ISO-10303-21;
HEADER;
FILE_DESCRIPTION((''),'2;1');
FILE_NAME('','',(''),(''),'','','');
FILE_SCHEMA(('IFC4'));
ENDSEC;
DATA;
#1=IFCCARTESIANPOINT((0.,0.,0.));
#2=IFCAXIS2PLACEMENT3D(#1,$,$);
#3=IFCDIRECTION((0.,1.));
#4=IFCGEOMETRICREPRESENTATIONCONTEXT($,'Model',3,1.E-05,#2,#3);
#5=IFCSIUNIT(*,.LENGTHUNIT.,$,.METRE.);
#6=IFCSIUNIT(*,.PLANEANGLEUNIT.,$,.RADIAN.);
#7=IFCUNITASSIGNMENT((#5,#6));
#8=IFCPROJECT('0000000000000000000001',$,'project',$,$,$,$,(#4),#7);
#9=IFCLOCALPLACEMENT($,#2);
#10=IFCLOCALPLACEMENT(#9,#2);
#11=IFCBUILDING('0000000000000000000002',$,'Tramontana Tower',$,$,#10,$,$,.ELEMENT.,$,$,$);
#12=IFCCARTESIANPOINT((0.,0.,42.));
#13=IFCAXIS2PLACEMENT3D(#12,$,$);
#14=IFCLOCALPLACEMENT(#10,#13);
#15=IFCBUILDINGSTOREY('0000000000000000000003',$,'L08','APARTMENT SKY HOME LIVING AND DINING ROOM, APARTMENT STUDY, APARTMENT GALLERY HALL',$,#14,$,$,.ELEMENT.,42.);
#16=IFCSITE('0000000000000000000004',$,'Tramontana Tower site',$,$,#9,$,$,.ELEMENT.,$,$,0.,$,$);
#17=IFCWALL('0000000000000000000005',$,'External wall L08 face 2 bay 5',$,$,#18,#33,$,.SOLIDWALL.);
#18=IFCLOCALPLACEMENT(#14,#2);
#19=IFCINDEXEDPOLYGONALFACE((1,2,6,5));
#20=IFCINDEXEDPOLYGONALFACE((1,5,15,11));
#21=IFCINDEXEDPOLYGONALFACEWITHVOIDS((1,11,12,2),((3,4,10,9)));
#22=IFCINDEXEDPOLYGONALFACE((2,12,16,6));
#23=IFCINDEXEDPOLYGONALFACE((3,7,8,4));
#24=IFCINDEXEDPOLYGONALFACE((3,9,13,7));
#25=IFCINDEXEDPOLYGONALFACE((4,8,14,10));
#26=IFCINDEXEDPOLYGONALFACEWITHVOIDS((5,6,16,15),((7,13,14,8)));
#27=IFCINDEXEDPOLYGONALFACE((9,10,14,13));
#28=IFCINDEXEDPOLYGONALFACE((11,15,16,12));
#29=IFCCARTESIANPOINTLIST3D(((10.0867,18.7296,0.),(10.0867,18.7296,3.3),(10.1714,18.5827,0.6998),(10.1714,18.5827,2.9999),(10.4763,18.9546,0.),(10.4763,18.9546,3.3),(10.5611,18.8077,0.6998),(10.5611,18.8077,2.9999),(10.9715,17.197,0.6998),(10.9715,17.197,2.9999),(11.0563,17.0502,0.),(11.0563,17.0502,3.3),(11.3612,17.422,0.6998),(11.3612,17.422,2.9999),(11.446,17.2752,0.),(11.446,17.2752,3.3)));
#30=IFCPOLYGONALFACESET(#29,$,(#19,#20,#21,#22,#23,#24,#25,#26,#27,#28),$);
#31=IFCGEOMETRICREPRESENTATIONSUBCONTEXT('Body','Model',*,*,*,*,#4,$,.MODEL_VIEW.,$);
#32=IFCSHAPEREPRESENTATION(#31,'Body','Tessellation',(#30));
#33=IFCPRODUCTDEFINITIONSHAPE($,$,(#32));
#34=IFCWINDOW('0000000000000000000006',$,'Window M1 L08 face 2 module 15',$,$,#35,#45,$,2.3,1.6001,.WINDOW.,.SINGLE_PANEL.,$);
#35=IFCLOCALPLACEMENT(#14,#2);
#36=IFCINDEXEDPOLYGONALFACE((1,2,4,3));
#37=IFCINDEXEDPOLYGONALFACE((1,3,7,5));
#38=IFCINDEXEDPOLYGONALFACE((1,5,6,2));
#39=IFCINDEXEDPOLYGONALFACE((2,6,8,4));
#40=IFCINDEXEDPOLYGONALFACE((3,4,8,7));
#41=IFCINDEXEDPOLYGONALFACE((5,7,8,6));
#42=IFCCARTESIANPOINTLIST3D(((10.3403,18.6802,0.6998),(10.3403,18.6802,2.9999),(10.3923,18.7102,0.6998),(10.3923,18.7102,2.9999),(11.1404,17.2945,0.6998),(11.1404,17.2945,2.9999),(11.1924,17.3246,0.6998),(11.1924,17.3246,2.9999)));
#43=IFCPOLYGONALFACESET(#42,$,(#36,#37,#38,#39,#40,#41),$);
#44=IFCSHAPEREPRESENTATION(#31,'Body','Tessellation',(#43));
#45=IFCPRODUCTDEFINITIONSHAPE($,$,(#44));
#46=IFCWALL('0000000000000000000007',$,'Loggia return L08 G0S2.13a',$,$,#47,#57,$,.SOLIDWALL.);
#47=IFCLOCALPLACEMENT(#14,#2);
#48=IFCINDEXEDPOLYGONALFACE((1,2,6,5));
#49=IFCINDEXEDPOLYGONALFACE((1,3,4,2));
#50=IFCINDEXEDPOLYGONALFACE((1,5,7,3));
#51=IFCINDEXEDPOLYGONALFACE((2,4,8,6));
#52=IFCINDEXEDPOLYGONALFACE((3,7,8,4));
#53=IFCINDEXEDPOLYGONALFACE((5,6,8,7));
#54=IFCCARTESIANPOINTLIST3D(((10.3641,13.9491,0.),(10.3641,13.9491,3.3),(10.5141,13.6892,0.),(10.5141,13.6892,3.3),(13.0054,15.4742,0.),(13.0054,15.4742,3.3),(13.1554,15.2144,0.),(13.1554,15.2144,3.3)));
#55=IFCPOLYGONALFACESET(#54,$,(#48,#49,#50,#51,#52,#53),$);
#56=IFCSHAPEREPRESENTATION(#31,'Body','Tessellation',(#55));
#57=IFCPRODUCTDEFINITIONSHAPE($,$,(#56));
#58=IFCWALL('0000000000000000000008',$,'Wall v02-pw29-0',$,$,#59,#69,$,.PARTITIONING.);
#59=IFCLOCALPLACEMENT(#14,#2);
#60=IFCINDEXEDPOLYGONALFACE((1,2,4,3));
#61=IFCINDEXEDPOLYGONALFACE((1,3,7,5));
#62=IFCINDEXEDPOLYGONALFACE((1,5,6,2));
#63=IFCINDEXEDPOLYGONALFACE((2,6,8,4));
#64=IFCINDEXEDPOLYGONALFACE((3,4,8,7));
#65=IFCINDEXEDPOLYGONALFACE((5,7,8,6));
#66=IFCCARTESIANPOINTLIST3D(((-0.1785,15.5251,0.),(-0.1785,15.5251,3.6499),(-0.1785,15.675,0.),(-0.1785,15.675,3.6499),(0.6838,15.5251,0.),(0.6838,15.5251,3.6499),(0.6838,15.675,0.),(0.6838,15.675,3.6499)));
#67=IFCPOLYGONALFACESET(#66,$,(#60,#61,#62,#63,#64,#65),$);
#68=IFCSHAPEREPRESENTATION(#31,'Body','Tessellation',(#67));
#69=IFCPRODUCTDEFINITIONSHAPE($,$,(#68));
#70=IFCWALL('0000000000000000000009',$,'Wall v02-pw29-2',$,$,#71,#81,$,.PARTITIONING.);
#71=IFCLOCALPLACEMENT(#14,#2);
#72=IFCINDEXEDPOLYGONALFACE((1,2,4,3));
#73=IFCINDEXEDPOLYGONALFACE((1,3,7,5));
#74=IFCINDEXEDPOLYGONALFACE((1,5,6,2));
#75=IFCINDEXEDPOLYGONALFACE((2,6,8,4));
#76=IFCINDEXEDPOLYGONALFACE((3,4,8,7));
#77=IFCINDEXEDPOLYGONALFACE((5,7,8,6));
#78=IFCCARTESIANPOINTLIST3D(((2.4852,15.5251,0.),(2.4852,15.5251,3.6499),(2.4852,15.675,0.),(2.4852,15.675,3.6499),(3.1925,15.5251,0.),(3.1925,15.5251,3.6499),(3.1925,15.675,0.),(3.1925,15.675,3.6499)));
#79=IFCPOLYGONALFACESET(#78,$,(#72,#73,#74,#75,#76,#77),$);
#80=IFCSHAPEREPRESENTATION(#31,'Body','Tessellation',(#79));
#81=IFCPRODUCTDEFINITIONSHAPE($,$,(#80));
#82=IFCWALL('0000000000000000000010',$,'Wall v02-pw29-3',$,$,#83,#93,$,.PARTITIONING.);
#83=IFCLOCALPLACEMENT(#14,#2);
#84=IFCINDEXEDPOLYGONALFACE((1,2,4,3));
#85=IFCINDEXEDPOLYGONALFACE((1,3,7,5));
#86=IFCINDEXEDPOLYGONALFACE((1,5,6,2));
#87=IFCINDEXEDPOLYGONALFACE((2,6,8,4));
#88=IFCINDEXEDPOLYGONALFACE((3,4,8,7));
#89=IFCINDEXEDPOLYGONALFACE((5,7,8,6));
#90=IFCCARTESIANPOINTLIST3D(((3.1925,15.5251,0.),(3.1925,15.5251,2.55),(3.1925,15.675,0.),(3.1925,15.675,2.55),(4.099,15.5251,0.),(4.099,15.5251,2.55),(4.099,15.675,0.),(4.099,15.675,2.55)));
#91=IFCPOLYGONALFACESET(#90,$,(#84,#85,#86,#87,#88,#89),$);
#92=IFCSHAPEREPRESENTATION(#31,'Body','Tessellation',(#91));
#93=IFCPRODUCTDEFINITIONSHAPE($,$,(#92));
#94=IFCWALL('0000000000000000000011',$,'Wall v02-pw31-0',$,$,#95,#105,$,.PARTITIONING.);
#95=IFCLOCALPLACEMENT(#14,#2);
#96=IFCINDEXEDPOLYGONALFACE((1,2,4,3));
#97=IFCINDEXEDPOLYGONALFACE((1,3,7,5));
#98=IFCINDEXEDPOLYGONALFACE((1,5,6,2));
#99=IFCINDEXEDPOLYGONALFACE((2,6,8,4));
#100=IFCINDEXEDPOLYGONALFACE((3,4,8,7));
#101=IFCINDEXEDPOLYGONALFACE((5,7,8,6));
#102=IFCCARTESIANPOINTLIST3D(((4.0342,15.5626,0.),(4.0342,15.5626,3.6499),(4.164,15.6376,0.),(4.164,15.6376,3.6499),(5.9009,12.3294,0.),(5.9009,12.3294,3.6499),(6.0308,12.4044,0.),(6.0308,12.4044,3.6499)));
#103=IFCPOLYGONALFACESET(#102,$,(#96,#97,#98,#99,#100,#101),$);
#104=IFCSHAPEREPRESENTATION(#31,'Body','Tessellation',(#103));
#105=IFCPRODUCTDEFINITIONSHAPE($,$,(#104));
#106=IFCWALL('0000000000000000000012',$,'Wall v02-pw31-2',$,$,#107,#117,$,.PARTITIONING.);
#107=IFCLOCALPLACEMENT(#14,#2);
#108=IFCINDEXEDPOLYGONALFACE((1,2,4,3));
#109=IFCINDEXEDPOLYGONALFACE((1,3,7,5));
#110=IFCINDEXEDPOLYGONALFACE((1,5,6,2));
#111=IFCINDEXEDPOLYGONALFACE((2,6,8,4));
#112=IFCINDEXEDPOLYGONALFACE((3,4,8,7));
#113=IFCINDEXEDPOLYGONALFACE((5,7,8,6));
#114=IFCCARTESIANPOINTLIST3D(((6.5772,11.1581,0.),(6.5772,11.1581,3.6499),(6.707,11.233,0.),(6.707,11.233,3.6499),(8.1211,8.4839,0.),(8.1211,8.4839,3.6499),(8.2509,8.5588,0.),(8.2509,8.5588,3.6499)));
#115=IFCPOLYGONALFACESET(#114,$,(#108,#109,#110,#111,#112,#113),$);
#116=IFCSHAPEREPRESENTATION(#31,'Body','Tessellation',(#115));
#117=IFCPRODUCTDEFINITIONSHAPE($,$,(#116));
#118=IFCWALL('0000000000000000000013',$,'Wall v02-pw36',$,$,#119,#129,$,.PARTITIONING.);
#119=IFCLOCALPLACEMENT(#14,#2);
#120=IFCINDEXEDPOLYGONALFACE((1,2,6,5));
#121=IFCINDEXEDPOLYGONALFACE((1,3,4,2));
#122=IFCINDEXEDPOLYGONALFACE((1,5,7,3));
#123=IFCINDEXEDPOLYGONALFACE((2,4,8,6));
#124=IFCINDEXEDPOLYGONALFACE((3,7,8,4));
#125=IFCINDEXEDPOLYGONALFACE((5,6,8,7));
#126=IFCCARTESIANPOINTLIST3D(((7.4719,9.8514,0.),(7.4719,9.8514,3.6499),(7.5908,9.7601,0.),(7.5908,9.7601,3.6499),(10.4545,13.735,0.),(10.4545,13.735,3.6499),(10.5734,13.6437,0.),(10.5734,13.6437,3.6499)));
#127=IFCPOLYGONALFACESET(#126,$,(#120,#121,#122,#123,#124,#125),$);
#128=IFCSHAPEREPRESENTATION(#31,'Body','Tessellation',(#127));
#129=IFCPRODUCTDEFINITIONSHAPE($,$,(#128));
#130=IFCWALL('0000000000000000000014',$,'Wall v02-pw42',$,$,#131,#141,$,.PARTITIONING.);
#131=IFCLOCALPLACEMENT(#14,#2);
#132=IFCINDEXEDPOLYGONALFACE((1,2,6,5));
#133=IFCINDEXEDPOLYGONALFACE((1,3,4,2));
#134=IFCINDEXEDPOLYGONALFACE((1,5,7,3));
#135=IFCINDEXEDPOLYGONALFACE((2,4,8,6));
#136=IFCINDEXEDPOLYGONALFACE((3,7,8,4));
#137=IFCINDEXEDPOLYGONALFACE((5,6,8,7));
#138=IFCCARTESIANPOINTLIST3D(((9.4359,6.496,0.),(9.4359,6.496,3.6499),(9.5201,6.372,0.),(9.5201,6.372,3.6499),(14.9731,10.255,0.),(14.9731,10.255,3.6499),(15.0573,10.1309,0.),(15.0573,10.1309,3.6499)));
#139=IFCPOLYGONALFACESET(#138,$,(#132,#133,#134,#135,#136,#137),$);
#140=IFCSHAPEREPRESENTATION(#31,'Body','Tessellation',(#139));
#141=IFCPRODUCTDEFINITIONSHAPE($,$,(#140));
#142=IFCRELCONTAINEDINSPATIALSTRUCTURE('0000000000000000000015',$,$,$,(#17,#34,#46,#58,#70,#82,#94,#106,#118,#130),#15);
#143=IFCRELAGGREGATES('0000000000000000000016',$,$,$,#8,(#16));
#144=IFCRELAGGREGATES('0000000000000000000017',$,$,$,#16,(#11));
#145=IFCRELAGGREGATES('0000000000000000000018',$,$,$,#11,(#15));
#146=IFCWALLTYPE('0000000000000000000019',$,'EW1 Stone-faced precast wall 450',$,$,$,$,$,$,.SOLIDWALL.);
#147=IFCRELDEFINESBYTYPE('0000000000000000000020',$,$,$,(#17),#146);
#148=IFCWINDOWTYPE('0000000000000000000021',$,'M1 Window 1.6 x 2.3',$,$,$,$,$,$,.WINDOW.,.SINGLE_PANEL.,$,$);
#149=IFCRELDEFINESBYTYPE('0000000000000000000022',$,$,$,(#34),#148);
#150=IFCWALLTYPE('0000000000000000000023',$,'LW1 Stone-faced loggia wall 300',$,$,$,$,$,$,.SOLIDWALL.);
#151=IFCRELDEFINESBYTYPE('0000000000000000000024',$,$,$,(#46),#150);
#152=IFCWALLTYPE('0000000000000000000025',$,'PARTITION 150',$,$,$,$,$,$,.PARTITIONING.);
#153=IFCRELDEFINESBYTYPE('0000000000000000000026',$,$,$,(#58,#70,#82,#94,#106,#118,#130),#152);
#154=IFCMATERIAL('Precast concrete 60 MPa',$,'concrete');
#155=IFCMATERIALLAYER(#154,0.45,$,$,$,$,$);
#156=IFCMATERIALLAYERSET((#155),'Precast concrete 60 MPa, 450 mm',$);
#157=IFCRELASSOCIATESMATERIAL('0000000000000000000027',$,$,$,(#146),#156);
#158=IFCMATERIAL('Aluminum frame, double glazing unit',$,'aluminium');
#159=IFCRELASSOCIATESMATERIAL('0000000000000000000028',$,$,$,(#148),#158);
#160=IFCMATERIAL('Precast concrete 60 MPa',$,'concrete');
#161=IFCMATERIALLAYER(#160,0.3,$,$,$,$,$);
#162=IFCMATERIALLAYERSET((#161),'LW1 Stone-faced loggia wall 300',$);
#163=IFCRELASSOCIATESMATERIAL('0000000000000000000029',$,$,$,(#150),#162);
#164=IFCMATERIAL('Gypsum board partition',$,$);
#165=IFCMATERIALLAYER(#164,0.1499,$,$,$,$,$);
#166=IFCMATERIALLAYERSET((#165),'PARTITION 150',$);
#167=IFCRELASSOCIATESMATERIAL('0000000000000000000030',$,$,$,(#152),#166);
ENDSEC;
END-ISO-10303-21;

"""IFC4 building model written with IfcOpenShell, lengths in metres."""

from ifc_helpers import new_model, si_unit, direction, frame, frame_2d, origin, place, context, subcontext, project, spatial, rectangle, extrude, material, layer, layer_set, type_object, element, fill, save


model = new_model("IFC4")

# Units and contexts
model_context = context("Model", 3, precision=1e-05, world=origin(), true_north=direction((0.0, 1.0)))
body_context = subcontext(model_context, "Body", "Model", "MODEL_VIEW")
ifc_project = project(units=[si_unit("LENGTHUNIT", "METRE"), si_unit("PLANEANGLEUNIT", "RADIAN")], contexts=[model_context])

# Site, building, storey
site_placement = place(None, origin())
site = spatial("IfcSite", under=ifc_project, at=site_placement, Name="Tramontana Tower site", CompositionType="ELEMENT", RefElevation=0.0)
building_placement = place(site_placement, origin())
building = spatial("IfcBuilding", under=site, at=building_placement, Name="Tramontana Tower", CompositionType="ELEMENT")
storey_placement = place(building_placement, frame((0.0, 0.0, 42.0)))
storey = spatial("IfcBuildingStorey", under=building, at=storey_placement, Name="L08", Description="APARTMENT SKY HOME LIVING AND DINING ROOM, APARTMENT STUDY, APARTMENT GALLERY HALL", CompositionType="ELEMENT", Elevation=42.0)

# Wall, opening, window
ifc_material_1 = material(Name="Precast concrete 60 MPa", Category="concrete")
ifc_layer_1 = layer(ifc_material_1, 0.45)
ifc_layer_set_1 = layer_set([ifc_layer_1], Name="Precast concrete 60 MPa, 450 mm")
wall_type_1 = type_object("IfcWallType", Name="EW1 Stone-faced precast wall 450", PredefinedType="SOLIDWALL", material=ifc_layer_set_1)
ifc_material_2 = material(Name="Aluminum frame, double glazing unit", Category="aluminium")
window_type = type_object("IfcWindowType", Name="M1 Window 1.6 x 2.3", PartitioningType="SINGLE_PANEL", PredefinedType="WINDOW", material=ifc_material_2)
wall_1_placement = place(storey_placement, frame((11.2512, 17.1626, 0.0), z_axis=(0.0, 0.0, 1.0), x_axis=(-0.500038, 0.866003, 0.0)))
wall_1 = element("IfcWall", 1, at=wall_1_placement, inside=storey, type_object=wall_type_1, Name="External wall L08 face 2 bay 5", PredefinedType="SOLIDWALL", context=body_context, shape_type="SweptSolid", body=[
    extrude(rectangle(XDim=1.9392, YDim=0.45, at=frame_2d((0.9697, 0.0))), origin(), (0.0, 0.0, 1.0), 3.3),
])
opening_1_placement = place(wall_1_placement, frame((0.1697, 0.0, 0.7)))
opening_1 = element("IfcOpeningElement", 2, at=opening_1_placement, cuts=wall_1, PredefinedType="OPENING", context=body_context, shape_type="SweptSolid", body=[
    extrude(rectangle(XDim=1.6001, YDim=2.3, at=frame_2d((0.8, 1.1499))), frame((0.0, 0.2349, 0.0), z_axis=(0.0, -1.0, 0.0), x_axis=(1.0, 0.0, 0.0)), (0.0, 0.0, 1.0), 0.47),
])
window_1_placement = place(opening_1_placement, origin())
window_1 = element("IfcWindow", 3, at=window_1_placement, inside=storey, type_object=window_type, Name="Window M1 L08 face 2 module 15", OverallHeight=2.3, OverallWidth=1.6001, PartitioningType="SINGLE_PANEL", PredefinedType="WINDOW", context=body_context, shape_type="SweptSolid", body=[
    extrude(rectangle(XDim=1.6001, YDim=2.3, at=frame_2d((0.8, 1.1499))), frame((0.0, 0.03, 0.0), z_axis=(0.0, -1.0, 0.0), x_axis=(1.0, 0.0, 0.0)), (0.0, 0.0, 1.0), 0.0601),
])
fill(opening_1, window_1)

# Shared definitions
ifc_material_3 = material(Name="Precast concrete 60 MPa", Category="concrete")
ifc_layer_2 = layer(ifc_material_3, 0.3)
ifc_layer_set_2 = layer_set([ifc_layer_2], Name="LW1 Stone-faced loggia wall 300")
wall_type_2 = type_object("IfcWallType", Name="LW1 Stone-faced loggia wall 300", PredefinedType="SOLIDWALL", material=ifc_layer_set_2)

# Walls
wall_2_placement = place(storey_placement, frame((13.0803, 15.3442, 0.0), z_axis=(0.0, 0.0, 1.0), x_axis=(-0.866003, -0.500039, 0.0)))
element("IfcWall", 4, at=wall_2_placement, inside=storey, type_object=wall_type_2, Name="Loggia return L08 G0S2.13a", PredefinedType="SOLIDWALL", context=body_context, shape_type="SweptSolid", body=[
    extrude(rectangle(XDim=3.05, YDim=0.3, at=frame_2d((1.5249, 0.0))), origin(), (0.0, 0.0, 1.0), 3.3),
])
ifc_material_4 = material(Name="Gypsum board partition")
ifc_layer_3 = layer(ifc_material_4, 0.1499)
ifc_layer_set_3 = layer_set([ifc_layer_3], Name="PARTITION 150")
wall_type_3 = type_object("IfcWallType", Name="PARTITION 150", PredefinedType="PARTITIONING", material=ifc_layer_set_3)
wall_3_placement = place(storey_placement, frame((-0.1785, 15.6001, 0.0), z_axis=(0.0, 0.0, 1.0), x_axis=(1.0, 0.0, 0.0)))
element("IfcWall", 5, at=wall_3_placement, inside=storey, type_object=wall_type_3, Name="Wall v02-pw29-0", PredefinedType="PARTITIONING", context=body_context, shape_type="SweptSolid", body=[
    extrude(rectangle(XDim=0.8623, YDim=0.1499, at=frame_2d((0.4312, 0.0))), origin(), (0.0, 0.0, 1.0), 3.6499),
])

# Walls
wall_4_placement = place(storey_placement, frame((2.4854, 15.6001, 0.0), z_axis=(0.0, 0.0, 1.0), x_axis=(1.0, 0.0, 0.0)))
element("IfcWall", 6, at=wall_4_placement, inside=storey, type_object=wall_type_3, Name="Wall v02-pw29-2", PredefinedType="PARTITIONING", context=body_context, shape_type="SweptSolid", body=[
    extrude(rectangle(XDim=0.7073, YDim=0.1499, at=frame_2d((0.3535, 0.0))), origin(), (0.0, 0.0, 1.0), 3.6499),
])
wall_5_placement = place(storey_placement, frame((3.1926, 15.6001, 0.0), z_axis=(0.0, 0.0, 1.0), x_axis=(1.0, 0.0, 0.0)))
element("IfcWall", 7, at=wall_5_placement, inside=storey, type_object=wall_type_3, Name="Wall v02-pw29-3", PredefinedType="PARTITIONING", context=body_context, shape_type="SweptSolid", body=[
    extrude(rectangle(XDim=0.9065, YDim=0.1499, at=frame_2d((0.4531, 0.0))), origin(), (0.0, 0.0, 1.0), 2.55),
])
wall_6_placement = place(storey_placement, frame((4.0991, 15.6001, 0.0), z_axis=(0.0, 0.0, 1.0), x_axis=(0.500007, -0.866021, 0.0)))
element("IfcWall", 8, at=wall_6_placement, inside=storey, type_object=wall_type_3, Name="Wall v02-pw31-0", PredefinedType="PARTITIONING", context=body_context, shape_type="SweptSolid", body=[
    extrude(rectangle(XDim=3.7334, YDim=0.1499, at=frame_2d((1.8667, 0.0))), origin(), (0.0, 0.0, 1.0), 3.6499),
])

# Walls
wall_7_placement = place(storey_placement, frame((6.6421, 11.1956, 0.0), z_axis=(0.0, 0.0, 1.0), x_axis=(0.499983, -0.866035, 0.0)))
element("IfcWall", 9, at=wall_7_placement, inside=storey, type_object=wall_type_3, Name="Wall v02-pw31-2", PredefinedType="PARTITIONING", context=body_context, shape_type="SweptSolid", body=[
    extrude(rectangle(XDim=3.0879, YDim=0.1499, at=frame_2d((1.5439, 0.0))), origin(), (0.0, 0.0, 1.0), 3.6499),
])
wall_8_placement = place(storey_placement, frame((10.5139, 13.6892, 0.0), z_axis=(0.0, 0.0, 1.0), x_axis=(-0.609111, -0.793085, 0.0)))
element("IfcWall", 10, at=wall_8_placement, inside=storey, type_object=wall_type_3, Name="Wall v02-pw36", PredefinedType="PARTITIONING", context=body_context, shape_type="SweptSolid", body=[
    extrude(rectangle(XDim=4.8967, YDim=0.1499, at=frame_2d((2.4482, 0.0))), origin(), (0.0, 0.0, 1.0), 3.6499),
])
wall_9_placement = place(storey_placement, frame((15.0151, 10.1929, 0.0), z_axis=(0.0, 0.0, 1.0), x_axis=(-0.827369, -0.561659, 0.0)))
element("IfcWall", 11, at=wall_9_placement, inside=storey, type_object=wall_type_3, Name="Wall v02-pw42", PredefinedType="PARTITIONING", context=body_context, shape_type="SweptSolid", body=[
    extrude(rectangle(XDim=6.6926, YDim=0.1499, at=frame_2d((3.3462, 0.0))), origin(), (0.0, 0.0, 1.0), 3.6499),
])

save(model, "model.ifc")
